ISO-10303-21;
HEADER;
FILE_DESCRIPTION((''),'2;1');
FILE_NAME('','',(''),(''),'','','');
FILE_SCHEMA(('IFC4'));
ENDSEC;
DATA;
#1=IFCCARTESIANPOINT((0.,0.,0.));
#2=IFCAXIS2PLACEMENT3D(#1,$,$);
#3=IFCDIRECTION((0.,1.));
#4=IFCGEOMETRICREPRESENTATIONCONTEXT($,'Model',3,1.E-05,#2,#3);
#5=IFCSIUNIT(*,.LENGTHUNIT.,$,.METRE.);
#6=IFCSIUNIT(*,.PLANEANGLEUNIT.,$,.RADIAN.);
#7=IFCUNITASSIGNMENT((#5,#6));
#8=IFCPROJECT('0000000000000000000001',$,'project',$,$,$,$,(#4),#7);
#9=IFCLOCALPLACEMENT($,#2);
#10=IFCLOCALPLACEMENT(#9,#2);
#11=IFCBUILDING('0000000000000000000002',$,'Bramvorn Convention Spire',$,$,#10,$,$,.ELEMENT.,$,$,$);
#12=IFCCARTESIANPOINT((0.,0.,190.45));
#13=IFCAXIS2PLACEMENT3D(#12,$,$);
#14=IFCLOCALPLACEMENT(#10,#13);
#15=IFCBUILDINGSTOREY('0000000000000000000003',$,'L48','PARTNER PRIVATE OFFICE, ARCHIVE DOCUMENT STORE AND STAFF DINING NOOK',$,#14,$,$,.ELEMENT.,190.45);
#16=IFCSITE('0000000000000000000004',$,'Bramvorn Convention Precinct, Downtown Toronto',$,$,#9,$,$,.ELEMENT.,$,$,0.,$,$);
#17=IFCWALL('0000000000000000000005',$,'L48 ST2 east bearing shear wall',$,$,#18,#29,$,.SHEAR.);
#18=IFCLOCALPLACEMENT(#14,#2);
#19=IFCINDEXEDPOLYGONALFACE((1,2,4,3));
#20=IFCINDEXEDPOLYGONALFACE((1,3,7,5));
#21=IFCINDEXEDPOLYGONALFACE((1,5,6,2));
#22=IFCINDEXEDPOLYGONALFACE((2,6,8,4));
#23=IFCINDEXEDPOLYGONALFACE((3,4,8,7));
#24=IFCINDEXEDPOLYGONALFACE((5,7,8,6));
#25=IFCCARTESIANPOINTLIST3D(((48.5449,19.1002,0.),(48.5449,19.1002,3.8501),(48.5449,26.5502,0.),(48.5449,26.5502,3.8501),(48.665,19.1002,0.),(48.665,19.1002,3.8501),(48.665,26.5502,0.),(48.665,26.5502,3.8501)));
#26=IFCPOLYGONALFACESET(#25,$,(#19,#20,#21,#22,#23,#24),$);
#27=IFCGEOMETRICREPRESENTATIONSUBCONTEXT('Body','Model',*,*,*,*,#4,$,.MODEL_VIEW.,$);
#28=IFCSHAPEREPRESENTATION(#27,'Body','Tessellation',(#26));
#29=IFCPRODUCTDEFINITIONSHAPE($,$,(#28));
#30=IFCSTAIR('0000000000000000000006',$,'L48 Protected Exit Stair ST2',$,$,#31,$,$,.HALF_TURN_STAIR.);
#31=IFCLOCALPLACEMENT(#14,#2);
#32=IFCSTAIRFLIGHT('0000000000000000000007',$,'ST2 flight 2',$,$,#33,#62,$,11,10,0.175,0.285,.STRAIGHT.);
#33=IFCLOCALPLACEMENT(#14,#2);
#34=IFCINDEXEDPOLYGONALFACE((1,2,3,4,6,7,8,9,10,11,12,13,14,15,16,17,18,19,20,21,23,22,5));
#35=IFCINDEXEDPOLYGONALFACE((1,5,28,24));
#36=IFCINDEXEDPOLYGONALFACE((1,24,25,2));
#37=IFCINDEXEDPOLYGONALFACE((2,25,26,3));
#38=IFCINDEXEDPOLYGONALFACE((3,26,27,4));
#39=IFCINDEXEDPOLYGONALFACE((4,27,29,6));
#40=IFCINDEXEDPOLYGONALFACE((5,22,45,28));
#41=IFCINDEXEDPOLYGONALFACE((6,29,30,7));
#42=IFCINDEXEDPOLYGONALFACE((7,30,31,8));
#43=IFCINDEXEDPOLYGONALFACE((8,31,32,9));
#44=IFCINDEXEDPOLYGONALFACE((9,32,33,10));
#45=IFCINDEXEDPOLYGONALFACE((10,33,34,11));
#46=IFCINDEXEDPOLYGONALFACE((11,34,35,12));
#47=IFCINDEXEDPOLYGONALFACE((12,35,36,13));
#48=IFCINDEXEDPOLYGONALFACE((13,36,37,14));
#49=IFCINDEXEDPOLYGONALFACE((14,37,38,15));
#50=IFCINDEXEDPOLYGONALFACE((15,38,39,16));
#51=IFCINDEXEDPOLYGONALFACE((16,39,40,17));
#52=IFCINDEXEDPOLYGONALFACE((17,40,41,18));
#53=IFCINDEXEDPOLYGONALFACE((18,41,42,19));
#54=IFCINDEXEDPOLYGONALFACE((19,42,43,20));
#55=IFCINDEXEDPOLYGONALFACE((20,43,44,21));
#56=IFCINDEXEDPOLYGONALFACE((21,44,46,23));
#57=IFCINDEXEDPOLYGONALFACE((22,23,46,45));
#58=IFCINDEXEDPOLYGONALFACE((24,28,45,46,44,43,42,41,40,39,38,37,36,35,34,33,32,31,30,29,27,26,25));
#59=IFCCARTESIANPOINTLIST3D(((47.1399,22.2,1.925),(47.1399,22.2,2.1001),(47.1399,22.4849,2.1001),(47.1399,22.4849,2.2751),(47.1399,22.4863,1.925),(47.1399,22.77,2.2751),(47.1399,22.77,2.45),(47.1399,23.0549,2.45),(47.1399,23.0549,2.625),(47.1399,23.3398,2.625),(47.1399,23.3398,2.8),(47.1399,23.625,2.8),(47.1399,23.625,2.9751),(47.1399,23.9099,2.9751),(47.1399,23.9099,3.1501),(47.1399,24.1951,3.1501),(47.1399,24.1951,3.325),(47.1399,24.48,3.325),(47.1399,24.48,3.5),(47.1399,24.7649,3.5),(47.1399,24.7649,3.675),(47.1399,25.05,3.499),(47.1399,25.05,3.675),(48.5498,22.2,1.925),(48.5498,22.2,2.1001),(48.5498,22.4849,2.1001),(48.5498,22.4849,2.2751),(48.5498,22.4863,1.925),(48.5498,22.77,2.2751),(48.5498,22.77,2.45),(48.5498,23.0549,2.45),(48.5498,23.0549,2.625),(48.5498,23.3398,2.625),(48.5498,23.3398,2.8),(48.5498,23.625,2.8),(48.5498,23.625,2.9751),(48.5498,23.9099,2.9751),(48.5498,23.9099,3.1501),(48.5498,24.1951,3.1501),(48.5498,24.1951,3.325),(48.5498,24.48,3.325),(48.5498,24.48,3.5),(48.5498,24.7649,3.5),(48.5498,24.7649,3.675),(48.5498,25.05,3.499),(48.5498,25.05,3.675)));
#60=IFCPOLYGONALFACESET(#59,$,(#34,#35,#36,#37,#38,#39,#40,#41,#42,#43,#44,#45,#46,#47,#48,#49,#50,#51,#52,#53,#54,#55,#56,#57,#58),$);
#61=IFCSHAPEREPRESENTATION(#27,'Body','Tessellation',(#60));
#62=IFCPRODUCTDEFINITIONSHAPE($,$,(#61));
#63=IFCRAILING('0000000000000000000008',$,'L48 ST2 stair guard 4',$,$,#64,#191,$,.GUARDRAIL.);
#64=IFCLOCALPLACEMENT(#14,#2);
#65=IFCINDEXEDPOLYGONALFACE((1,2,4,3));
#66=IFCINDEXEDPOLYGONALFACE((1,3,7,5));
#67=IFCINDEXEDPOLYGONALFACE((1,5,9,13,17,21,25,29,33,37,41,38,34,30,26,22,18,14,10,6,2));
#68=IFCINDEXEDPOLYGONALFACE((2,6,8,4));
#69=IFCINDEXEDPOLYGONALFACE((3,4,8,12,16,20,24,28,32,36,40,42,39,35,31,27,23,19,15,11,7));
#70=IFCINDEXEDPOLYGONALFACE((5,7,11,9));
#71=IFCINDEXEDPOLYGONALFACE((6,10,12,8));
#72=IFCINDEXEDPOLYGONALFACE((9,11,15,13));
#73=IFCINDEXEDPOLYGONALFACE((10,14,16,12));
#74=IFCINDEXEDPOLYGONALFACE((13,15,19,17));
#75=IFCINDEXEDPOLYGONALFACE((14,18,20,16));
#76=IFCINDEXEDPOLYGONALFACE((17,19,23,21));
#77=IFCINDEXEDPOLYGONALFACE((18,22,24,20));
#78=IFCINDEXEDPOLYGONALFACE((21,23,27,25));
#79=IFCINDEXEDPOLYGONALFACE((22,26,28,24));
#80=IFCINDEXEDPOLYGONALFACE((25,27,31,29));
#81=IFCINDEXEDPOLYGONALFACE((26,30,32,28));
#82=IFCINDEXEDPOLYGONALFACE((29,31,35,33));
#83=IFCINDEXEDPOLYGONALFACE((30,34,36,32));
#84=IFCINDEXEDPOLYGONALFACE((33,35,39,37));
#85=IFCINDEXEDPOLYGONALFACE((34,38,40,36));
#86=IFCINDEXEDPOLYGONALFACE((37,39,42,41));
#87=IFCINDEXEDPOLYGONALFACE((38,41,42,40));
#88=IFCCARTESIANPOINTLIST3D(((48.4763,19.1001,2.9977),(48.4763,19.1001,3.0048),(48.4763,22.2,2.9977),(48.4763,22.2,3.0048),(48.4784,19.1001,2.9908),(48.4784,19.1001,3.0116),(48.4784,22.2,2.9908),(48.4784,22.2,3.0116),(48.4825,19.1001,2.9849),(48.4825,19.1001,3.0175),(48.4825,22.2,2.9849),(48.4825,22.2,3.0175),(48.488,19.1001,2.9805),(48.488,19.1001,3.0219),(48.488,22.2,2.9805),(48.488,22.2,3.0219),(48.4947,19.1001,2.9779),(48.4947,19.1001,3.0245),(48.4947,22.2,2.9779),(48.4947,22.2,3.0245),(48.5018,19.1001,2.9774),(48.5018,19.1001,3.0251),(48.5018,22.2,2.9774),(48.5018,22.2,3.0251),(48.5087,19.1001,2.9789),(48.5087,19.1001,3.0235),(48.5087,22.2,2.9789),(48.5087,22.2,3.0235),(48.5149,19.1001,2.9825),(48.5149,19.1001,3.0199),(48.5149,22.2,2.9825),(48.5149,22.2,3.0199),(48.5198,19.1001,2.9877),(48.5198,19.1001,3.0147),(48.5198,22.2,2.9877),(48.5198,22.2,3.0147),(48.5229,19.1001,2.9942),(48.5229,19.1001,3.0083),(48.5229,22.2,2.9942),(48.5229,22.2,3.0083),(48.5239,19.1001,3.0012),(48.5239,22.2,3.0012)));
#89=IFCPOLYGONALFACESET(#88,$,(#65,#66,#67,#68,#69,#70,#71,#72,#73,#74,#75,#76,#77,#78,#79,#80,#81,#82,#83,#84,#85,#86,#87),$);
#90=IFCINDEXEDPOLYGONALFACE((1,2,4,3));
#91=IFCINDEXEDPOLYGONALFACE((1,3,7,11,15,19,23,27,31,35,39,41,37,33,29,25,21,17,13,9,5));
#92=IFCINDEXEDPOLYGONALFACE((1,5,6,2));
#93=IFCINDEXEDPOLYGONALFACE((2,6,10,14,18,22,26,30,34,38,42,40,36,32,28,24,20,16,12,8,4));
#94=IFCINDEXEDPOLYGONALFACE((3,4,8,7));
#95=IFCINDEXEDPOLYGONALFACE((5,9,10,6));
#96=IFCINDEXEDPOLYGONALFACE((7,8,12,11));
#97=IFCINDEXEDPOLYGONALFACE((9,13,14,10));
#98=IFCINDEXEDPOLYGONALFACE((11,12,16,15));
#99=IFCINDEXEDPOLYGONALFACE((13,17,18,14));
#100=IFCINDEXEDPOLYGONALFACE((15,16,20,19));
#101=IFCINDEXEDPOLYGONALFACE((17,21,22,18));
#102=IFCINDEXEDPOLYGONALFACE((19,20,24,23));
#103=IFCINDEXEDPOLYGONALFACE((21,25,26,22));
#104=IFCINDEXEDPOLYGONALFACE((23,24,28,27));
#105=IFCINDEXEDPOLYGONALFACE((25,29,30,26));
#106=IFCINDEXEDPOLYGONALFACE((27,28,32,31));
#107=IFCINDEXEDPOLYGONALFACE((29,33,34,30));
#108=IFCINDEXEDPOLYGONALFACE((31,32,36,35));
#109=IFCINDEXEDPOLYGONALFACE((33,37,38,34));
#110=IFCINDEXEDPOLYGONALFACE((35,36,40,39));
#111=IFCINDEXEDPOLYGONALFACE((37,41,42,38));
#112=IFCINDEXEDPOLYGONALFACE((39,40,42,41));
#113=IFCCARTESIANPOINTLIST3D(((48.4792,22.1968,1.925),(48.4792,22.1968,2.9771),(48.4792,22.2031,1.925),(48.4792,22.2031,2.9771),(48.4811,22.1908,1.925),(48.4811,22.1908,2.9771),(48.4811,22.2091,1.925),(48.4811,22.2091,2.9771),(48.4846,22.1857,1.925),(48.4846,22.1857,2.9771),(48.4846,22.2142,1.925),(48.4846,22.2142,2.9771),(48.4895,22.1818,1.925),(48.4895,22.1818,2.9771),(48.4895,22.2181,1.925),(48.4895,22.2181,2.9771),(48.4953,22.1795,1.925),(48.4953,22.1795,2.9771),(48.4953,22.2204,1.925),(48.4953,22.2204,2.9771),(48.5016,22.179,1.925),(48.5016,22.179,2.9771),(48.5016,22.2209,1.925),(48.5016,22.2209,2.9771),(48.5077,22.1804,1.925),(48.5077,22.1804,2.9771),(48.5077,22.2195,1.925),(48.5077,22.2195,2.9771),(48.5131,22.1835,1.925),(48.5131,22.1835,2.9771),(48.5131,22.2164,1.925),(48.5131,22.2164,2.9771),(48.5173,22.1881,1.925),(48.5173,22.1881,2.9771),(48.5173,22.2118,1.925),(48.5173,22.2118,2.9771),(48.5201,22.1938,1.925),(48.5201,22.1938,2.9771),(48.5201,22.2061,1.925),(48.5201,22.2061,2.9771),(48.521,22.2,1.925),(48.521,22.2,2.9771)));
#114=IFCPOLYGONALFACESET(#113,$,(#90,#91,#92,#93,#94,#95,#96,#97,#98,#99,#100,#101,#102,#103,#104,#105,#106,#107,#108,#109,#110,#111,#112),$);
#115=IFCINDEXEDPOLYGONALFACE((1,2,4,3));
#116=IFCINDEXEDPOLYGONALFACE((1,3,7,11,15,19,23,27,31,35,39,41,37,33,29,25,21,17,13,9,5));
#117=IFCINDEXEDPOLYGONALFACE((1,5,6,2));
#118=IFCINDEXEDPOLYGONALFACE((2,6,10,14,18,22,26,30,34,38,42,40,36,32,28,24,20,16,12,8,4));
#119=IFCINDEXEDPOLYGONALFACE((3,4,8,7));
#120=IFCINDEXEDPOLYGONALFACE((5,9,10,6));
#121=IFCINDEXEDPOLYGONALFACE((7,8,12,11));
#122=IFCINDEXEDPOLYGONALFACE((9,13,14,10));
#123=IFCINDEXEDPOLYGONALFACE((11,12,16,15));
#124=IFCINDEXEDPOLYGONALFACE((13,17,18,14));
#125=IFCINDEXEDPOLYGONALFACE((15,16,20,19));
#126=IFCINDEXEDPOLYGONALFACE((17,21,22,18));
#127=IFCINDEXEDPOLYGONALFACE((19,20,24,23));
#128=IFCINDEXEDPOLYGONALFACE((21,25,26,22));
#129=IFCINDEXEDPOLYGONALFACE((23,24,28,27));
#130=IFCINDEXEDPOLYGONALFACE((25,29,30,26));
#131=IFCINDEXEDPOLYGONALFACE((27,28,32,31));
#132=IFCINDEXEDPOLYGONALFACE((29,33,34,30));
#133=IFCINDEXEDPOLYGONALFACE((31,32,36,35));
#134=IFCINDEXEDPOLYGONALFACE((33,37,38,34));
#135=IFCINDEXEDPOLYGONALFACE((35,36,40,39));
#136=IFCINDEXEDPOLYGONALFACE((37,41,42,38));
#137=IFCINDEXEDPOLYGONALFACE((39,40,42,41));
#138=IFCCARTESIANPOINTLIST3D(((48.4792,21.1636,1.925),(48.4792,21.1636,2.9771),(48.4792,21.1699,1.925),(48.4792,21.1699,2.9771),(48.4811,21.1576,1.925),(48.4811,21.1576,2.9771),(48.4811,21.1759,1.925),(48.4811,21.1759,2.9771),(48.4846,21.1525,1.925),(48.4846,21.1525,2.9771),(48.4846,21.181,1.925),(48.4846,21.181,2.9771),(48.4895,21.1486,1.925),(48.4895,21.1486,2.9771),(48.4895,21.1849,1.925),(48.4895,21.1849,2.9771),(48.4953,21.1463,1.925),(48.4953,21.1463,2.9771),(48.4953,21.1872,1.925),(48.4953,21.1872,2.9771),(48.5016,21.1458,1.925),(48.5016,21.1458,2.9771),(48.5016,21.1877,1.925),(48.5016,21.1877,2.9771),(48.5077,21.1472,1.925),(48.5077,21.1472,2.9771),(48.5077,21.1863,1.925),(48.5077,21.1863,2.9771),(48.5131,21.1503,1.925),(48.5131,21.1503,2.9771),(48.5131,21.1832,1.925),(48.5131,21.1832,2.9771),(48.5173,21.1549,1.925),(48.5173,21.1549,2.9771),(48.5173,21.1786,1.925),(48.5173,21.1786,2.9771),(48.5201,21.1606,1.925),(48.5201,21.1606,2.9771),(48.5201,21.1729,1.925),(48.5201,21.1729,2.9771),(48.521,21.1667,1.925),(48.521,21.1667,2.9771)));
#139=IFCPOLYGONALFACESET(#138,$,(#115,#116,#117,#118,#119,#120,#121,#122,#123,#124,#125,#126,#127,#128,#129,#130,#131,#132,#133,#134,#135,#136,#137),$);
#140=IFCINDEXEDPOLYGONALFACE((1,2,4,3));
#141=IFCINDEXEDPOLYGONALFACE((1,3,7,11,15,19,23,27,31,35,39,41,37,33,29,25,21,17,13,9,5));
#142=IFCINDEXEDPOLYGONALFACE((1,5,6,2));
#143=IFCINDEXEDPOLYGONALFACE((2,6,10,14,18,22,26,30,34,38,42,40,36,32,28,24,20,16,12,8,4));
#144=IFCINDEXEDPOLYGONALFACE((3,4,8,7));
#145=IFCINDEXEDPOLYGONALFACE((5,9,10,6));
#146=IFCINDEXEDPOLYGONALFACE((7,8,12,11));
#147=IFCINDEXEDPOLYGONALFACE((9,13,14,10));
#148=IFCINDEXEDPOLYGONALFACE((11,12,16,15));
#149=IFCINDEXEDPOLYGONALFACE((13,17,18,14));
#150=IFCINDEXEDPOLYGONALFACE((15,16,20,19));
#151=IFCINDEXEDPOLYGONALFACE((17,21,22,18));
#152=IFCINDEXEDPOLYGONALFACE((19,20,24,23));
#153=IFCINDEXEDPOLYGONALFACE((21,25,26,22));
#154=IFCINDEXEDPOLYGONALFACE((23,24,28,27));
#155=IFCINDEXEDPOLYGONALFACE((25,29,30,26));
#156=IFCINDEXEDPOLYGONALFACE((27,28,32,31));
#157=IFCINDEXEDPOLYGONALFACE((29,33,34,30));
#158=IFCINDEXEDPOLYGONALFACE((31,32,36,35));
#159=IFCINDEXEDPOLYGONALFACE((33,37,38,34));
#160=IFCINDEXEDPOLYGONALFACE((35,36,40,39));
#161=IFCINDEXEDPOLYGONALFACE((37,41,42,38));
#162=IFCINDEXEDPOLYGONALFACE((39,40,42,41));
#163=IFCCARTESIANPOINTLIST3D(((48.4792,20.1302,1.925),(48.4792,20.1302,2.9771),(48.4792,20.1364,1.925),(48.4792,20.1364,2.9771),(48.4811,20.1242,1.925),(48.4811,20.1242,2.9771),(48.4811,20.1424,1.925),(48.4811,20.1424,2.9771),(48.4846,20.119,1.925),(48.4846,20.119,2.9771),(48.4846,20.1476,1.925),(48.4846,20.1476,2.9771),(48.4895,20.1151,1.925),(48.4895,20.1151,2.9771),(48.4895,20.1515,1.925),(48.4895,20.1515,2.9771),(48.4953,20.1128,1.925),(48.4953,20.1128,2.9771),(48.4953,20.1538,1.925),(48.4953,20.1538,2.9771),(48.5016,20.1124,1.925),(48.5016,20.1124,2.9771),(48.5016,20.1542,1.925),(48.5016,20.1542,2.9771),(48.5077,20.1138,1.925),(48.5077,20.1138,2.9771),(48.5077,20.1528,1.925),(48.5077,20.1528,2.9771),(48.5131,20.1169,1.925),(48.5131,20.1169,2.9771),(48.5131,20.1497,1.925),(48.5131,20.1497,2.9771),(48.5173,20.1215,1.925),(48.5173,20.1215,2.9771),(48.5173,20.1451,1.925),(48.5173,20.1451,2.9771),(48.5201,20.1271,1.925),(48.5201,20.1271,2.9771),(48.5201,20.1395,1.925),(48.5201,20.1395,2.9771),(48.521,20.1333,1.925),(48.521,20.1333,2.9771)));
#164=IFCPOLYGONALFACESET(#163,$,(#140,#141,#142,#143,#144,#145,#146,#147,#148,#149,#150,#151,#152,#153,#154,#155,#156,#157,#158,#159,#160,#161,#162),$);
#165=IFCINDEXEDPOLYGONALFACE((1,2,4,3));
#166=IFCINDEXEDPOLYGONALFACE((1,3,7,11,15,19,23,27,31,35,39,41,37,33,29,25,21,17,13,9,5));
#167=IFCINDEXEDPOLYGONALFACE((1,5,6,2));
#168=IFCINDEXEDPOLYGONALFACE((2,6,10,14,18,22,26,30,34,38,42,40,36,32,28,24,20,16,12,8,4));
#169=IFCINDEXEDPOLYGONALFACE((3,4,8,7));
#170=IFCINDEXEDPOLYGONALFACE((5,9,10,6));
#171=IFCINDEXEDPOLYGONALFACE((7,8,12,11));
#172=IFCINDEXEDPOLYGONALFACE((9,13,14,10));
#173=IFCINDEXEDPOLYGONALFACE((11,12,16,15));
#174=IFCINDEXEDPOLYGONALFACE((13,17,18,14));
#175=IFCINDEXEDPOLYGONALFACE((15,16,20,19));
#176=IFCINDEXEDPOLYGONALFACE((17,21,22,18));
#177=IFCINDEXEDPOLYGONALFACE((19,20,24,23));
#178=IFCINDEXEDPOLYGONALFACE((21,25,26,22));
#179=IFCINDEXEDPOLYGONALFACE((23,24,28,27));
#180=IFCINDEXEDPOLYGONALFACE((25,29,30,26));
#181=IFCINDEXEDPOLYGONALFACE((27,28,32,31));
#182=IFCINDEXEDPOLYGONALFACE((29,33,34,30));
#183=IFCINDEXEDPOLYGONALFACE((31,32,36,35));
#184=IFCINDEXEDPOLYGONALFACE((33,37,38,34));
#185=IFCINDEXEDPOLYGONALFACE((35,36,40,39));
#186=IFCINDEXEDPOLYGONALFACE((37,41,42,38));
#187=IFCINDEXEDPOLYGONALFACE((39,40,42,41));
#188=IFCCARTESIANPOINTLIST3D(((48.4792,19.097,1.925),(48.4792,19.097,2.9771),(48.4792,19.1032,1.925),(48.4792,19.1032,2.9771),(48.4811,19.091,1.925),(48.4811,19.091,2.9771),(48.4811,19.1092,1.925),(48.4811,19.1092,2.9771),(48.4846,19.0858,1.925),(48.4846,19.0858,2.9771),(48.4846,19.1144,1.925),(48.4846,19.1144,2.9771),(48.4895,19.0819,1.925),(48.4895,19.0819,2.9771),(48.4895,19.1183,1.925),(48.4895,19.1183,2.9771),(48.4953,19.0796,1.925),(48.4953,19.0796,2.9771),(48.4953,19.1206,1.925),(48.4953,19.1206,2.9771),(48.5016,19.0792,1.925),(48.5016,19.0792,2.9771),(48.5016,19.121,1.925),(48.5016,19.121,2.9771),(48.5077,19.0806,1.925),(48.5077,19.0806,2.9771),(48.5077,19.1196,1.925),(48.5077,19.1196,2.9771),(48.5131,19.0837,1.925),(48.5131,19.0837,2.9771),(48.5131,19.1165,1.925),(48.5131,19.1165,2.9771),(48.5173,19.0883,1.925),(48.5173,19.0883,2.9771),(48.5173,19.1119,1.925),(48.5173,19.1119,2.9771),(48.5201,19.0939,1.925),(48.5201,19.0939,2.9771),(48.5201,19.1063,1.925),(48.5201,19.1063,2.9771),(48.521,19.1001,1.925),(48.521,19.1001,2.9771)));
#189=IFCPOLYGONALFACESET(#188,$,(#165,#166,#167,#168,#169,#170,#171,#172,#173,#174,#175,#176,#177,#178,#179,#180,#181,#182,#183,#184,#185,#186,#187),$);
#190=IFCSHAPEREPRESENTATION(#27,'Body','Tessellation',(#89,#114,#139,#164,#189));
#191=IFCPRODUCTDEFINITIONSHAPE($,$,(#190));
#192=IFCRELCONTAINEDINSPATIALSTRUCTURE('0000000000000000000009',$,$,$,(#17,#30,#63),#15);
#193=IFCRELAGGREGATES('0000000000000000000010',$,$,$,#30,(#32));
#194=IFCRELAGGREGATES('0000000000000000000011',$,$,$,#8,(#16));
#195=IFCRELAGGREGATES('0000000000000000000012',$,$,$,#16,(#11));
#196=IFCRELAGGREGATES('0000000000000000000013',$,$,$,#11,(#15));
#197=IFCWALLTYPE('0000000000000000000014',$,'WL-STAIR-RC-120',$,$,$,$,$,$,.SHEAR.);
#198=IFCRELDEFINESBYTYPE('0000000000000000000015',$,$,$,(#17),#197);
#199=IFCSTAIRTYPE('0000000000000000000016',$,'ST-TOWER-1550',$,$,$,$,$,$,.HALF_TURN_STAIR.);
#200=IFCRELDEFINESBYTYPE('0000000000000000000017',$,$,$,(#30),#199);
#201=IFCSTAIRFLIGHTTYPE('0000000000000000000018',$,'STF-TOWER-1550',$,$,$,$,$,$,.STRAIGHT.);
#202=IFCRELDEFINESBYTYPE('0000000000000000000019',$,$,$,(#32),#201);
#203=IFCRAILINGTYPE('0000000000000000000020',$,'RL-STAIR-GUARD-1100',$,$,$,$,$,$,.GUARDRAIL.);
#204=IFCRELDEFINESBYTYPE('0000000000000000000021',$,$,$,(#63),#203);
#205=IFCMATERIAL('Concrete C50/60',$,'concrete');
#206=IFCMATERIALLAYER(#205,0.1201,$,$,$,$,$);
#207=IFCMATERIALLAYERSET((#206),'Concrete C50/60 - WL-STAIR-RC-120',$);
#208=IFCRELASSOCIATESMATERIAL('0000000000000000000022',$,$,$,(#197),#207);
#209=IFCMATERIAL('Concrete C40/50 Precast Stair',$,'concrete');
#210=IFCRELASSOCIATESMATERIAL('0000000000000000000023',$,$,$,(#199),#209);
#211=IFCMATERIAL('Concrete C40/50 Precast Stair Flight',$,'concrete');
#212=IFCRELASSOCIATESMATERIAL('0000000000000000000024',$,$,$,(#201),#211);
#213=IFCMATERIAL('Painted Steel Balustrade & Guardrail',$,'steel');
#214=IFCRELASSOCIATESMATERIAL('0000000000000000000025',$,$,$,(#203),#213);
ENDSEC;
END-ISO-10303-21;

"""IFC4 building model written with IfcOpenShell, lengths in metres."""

from ifc_helpers import new_model, si_unit, direction, frame, frame_2d, origin, origin_2d, place, context, subcontext, project, spatial, polyline, rectangle, circle, outline, extrude, material, layer, layer_set, type_object, element, aggregate, save


model = new_model("IFC4")

# Units and contexts
model_context = context("Model", 3, precision=1e-05, world=origin(), true_north=direction((0.0, 1.0)))
body_context = subcontext(model_context, "Body", "Model", "MODEL_VIEW")
ifc_project = project(units=[si_unit("LENGTHUNIT", "METRE"), si_unit("PLANEANGLEUNIT", "RADIAN")], contexts=[model_context])

# Site, building, storey
site_placement = place(None, origin())
site = spatial("IfcSite", under=ifc_project, at=site_placement, Name="Bramvorn Convention Precinct, Downtown Toronto", CompositionType="ELEMENT", RefElevation=0.0)
building_placement = place(site_placement, origin())
building = spatial("IfcBuilding", under=site, at=building_placement, Name="Bramvorn Convention Spire", CompositionType="ELEMENT")
storey_placement = place(building_placement, frame((0.0, 0.0, 190.45)))
storey = spatial("IfcBuildingStorey", under=building, at=storey_placement, Name="L48", Description="PARTNER PRIVATE OFFICE, ARCHIVE DOCUMENT STORE AND STAFF DINING NOOK", CompositionType="ELEMENT", Elevation=190.45)

# Shared definitions
ifc_material_1 = material(Name="Concrete C50/60", Category="concrete")

# Wall
ifc_layer_1 = layer(ifc_material_1, 0.1201)
ifc_layer_set_1 = layer_set([ifc_layer_1], Name="Concrete C50/60 - WL-STAIR-RC-120")
wall_type_1 = type_object("IfcWallType", Name="WL-STAIR-RC-120", PredefinedType="SHEAR", material=ifc_layer_set_1)
wall_1_placement = place(storey_placement, frame((48.605, 19.1001, 0.0), z_axis=(0.0, 0.0, 1.0), x_axis=(0.0, 1.0, 0.0)))
element("IfcWall", 1, at=wall_1_placement, inside=storey, type_object=wall_type_1, Name="L48 ST2 east bearing shear wall", PredefinedType="SHEAR", context=body_context, shape_type="SweptSolid", body=[
    extrude(rectangle(XDim=7.45, YDim=0.1201, at=frame_2d((3.7251, 0.0))), origin(), (0.0, 0.0, 1.0), 3.8501),
])

# Stair, stair flight
ifc_material_2 = material(Name="Concrete C40/50 Precast Stair", Category="concrete")
stair_type = type_object("IfcStairType", Name="ST-TOWER-1550", PredefinedType="HALF_TURN_STAIR", material=ifc_material_2)
stair_placement = place(storey_placement, origin())
stair = element("IfcStair", 2, at=stair_placement, inside=storey, type_object=stair_type, Name="L48 Protected Exit Stair ST2", PredefinedType="HALF_TURN_STAIR")
ifc_material_3 = material(Name="Concrete C40/50 Precast Stair Flight", Category="concrete")
stair_flight_type = type_object("IfcStairFlightType", Name="STF-TOWER-1550", PredefinedType="STRAIGHT", material=ifc_material_3)
stair_flight_placement = place(storey_placement, frame((47.845, 22.2, 1.925), z_axis=(0.0, 0.0, 1.0), x_axis=(0.0, 1.0, 0.0)))
stair_flight = element("IfcStairFlight", 3, at=stair_flight_placement, type_object=stair_flight_type, Name="ST2 flight 2", NumberOfRisers=11, NumberOfTreads=10, PredefinedType="STRAIGHT", RiserHeight=0.175, TreadLength=0.285, context=body_context, shape_type="SweptSolid", body=[
    extrude(outline(polyline([(0.0, 0.0), (0.0, 0.175), (0.2849, 0.175), (0.2849, 0.3501), (0.5701, 0.3501), (0.5701, 0.5249), (0.855, 0.5249), (0.855, 0.7), (1.1399, 0.7), (1.1399, 0.875), (1.425, 0.875), (1.425, 1.05), (1.71, 1.05), (1.71, 1.2251), (1.9951, 1.2251), (1.9951, 1.3999), (2.28, 1.3999), (2.28, 1.575), (2.5649, 1.575), (2.5649, 1.75), (2.8501, 1.75), (2.8501, 1.925), (2.8501, 1.574), (0.2864, 0.0), (0.0, 0.0)])), frame((0.0, 0.7051, 0.0), z_axis=(0.0, -1.0, 0.0), x_axis=(1.0, 0.0, 0.0)), (0.0, 0.0, 1.0), 1.4099),
])
aggregate(stair, [stair_flight])

# Railing
ifc_material_4 = material(Name="Painted Steel Balustrade & Guardrail", Category="steel")
railing_type_1 = type_object("IfcRailingType", Name="RL-STAIR-GUARD-1100", PredefinedType="GUARDRAIL", material=ifc_material_4)
railing_1_placement = place(storey_placement, frame((48.5, 22.2, 1.925)))
element("IfcRailing", 4, at=railing_1_placement, inside=storey, type_object=railing_type_1, Name="L48 ST2 stair guard 4", PredefinedType="GUARDRAIL", context=body_context, shape_type="SweptSolid", body=[
    extrude(circle(Radius=0.0239, at=origin_2d()), frame((0.0, 0.0, 1.0762), z_axis=(0.0, -1.0, 0.0), x_axis=(1.0, 0.0, 0.0)), (0.0, 0.0, 1.0), 3.0999),
    extrude(circle(Radius=0.021, at=origin_2d()), origin(), (0.0, 0.0, 1.0), 1.052),
    extrude(circle(Radius=0.021, at=origin_2d()), frame((0.0, -1.0332, 0.0)), (0.0, 0.0, 1.0), 1.052),
    extrude(circle(Radius=0.021, at=origin_2d()), frame((0.0, -2.0667, 0.0)), (0.0, 0.0, 1.0), 1.052),
    extrude(circle(Radius=0.021, at=origin_2d()), frame((0.0, -3.0999, 0.0)), (0.0, 0.0, 1.0), 1.052),
])

save(model, "model.ifc")
